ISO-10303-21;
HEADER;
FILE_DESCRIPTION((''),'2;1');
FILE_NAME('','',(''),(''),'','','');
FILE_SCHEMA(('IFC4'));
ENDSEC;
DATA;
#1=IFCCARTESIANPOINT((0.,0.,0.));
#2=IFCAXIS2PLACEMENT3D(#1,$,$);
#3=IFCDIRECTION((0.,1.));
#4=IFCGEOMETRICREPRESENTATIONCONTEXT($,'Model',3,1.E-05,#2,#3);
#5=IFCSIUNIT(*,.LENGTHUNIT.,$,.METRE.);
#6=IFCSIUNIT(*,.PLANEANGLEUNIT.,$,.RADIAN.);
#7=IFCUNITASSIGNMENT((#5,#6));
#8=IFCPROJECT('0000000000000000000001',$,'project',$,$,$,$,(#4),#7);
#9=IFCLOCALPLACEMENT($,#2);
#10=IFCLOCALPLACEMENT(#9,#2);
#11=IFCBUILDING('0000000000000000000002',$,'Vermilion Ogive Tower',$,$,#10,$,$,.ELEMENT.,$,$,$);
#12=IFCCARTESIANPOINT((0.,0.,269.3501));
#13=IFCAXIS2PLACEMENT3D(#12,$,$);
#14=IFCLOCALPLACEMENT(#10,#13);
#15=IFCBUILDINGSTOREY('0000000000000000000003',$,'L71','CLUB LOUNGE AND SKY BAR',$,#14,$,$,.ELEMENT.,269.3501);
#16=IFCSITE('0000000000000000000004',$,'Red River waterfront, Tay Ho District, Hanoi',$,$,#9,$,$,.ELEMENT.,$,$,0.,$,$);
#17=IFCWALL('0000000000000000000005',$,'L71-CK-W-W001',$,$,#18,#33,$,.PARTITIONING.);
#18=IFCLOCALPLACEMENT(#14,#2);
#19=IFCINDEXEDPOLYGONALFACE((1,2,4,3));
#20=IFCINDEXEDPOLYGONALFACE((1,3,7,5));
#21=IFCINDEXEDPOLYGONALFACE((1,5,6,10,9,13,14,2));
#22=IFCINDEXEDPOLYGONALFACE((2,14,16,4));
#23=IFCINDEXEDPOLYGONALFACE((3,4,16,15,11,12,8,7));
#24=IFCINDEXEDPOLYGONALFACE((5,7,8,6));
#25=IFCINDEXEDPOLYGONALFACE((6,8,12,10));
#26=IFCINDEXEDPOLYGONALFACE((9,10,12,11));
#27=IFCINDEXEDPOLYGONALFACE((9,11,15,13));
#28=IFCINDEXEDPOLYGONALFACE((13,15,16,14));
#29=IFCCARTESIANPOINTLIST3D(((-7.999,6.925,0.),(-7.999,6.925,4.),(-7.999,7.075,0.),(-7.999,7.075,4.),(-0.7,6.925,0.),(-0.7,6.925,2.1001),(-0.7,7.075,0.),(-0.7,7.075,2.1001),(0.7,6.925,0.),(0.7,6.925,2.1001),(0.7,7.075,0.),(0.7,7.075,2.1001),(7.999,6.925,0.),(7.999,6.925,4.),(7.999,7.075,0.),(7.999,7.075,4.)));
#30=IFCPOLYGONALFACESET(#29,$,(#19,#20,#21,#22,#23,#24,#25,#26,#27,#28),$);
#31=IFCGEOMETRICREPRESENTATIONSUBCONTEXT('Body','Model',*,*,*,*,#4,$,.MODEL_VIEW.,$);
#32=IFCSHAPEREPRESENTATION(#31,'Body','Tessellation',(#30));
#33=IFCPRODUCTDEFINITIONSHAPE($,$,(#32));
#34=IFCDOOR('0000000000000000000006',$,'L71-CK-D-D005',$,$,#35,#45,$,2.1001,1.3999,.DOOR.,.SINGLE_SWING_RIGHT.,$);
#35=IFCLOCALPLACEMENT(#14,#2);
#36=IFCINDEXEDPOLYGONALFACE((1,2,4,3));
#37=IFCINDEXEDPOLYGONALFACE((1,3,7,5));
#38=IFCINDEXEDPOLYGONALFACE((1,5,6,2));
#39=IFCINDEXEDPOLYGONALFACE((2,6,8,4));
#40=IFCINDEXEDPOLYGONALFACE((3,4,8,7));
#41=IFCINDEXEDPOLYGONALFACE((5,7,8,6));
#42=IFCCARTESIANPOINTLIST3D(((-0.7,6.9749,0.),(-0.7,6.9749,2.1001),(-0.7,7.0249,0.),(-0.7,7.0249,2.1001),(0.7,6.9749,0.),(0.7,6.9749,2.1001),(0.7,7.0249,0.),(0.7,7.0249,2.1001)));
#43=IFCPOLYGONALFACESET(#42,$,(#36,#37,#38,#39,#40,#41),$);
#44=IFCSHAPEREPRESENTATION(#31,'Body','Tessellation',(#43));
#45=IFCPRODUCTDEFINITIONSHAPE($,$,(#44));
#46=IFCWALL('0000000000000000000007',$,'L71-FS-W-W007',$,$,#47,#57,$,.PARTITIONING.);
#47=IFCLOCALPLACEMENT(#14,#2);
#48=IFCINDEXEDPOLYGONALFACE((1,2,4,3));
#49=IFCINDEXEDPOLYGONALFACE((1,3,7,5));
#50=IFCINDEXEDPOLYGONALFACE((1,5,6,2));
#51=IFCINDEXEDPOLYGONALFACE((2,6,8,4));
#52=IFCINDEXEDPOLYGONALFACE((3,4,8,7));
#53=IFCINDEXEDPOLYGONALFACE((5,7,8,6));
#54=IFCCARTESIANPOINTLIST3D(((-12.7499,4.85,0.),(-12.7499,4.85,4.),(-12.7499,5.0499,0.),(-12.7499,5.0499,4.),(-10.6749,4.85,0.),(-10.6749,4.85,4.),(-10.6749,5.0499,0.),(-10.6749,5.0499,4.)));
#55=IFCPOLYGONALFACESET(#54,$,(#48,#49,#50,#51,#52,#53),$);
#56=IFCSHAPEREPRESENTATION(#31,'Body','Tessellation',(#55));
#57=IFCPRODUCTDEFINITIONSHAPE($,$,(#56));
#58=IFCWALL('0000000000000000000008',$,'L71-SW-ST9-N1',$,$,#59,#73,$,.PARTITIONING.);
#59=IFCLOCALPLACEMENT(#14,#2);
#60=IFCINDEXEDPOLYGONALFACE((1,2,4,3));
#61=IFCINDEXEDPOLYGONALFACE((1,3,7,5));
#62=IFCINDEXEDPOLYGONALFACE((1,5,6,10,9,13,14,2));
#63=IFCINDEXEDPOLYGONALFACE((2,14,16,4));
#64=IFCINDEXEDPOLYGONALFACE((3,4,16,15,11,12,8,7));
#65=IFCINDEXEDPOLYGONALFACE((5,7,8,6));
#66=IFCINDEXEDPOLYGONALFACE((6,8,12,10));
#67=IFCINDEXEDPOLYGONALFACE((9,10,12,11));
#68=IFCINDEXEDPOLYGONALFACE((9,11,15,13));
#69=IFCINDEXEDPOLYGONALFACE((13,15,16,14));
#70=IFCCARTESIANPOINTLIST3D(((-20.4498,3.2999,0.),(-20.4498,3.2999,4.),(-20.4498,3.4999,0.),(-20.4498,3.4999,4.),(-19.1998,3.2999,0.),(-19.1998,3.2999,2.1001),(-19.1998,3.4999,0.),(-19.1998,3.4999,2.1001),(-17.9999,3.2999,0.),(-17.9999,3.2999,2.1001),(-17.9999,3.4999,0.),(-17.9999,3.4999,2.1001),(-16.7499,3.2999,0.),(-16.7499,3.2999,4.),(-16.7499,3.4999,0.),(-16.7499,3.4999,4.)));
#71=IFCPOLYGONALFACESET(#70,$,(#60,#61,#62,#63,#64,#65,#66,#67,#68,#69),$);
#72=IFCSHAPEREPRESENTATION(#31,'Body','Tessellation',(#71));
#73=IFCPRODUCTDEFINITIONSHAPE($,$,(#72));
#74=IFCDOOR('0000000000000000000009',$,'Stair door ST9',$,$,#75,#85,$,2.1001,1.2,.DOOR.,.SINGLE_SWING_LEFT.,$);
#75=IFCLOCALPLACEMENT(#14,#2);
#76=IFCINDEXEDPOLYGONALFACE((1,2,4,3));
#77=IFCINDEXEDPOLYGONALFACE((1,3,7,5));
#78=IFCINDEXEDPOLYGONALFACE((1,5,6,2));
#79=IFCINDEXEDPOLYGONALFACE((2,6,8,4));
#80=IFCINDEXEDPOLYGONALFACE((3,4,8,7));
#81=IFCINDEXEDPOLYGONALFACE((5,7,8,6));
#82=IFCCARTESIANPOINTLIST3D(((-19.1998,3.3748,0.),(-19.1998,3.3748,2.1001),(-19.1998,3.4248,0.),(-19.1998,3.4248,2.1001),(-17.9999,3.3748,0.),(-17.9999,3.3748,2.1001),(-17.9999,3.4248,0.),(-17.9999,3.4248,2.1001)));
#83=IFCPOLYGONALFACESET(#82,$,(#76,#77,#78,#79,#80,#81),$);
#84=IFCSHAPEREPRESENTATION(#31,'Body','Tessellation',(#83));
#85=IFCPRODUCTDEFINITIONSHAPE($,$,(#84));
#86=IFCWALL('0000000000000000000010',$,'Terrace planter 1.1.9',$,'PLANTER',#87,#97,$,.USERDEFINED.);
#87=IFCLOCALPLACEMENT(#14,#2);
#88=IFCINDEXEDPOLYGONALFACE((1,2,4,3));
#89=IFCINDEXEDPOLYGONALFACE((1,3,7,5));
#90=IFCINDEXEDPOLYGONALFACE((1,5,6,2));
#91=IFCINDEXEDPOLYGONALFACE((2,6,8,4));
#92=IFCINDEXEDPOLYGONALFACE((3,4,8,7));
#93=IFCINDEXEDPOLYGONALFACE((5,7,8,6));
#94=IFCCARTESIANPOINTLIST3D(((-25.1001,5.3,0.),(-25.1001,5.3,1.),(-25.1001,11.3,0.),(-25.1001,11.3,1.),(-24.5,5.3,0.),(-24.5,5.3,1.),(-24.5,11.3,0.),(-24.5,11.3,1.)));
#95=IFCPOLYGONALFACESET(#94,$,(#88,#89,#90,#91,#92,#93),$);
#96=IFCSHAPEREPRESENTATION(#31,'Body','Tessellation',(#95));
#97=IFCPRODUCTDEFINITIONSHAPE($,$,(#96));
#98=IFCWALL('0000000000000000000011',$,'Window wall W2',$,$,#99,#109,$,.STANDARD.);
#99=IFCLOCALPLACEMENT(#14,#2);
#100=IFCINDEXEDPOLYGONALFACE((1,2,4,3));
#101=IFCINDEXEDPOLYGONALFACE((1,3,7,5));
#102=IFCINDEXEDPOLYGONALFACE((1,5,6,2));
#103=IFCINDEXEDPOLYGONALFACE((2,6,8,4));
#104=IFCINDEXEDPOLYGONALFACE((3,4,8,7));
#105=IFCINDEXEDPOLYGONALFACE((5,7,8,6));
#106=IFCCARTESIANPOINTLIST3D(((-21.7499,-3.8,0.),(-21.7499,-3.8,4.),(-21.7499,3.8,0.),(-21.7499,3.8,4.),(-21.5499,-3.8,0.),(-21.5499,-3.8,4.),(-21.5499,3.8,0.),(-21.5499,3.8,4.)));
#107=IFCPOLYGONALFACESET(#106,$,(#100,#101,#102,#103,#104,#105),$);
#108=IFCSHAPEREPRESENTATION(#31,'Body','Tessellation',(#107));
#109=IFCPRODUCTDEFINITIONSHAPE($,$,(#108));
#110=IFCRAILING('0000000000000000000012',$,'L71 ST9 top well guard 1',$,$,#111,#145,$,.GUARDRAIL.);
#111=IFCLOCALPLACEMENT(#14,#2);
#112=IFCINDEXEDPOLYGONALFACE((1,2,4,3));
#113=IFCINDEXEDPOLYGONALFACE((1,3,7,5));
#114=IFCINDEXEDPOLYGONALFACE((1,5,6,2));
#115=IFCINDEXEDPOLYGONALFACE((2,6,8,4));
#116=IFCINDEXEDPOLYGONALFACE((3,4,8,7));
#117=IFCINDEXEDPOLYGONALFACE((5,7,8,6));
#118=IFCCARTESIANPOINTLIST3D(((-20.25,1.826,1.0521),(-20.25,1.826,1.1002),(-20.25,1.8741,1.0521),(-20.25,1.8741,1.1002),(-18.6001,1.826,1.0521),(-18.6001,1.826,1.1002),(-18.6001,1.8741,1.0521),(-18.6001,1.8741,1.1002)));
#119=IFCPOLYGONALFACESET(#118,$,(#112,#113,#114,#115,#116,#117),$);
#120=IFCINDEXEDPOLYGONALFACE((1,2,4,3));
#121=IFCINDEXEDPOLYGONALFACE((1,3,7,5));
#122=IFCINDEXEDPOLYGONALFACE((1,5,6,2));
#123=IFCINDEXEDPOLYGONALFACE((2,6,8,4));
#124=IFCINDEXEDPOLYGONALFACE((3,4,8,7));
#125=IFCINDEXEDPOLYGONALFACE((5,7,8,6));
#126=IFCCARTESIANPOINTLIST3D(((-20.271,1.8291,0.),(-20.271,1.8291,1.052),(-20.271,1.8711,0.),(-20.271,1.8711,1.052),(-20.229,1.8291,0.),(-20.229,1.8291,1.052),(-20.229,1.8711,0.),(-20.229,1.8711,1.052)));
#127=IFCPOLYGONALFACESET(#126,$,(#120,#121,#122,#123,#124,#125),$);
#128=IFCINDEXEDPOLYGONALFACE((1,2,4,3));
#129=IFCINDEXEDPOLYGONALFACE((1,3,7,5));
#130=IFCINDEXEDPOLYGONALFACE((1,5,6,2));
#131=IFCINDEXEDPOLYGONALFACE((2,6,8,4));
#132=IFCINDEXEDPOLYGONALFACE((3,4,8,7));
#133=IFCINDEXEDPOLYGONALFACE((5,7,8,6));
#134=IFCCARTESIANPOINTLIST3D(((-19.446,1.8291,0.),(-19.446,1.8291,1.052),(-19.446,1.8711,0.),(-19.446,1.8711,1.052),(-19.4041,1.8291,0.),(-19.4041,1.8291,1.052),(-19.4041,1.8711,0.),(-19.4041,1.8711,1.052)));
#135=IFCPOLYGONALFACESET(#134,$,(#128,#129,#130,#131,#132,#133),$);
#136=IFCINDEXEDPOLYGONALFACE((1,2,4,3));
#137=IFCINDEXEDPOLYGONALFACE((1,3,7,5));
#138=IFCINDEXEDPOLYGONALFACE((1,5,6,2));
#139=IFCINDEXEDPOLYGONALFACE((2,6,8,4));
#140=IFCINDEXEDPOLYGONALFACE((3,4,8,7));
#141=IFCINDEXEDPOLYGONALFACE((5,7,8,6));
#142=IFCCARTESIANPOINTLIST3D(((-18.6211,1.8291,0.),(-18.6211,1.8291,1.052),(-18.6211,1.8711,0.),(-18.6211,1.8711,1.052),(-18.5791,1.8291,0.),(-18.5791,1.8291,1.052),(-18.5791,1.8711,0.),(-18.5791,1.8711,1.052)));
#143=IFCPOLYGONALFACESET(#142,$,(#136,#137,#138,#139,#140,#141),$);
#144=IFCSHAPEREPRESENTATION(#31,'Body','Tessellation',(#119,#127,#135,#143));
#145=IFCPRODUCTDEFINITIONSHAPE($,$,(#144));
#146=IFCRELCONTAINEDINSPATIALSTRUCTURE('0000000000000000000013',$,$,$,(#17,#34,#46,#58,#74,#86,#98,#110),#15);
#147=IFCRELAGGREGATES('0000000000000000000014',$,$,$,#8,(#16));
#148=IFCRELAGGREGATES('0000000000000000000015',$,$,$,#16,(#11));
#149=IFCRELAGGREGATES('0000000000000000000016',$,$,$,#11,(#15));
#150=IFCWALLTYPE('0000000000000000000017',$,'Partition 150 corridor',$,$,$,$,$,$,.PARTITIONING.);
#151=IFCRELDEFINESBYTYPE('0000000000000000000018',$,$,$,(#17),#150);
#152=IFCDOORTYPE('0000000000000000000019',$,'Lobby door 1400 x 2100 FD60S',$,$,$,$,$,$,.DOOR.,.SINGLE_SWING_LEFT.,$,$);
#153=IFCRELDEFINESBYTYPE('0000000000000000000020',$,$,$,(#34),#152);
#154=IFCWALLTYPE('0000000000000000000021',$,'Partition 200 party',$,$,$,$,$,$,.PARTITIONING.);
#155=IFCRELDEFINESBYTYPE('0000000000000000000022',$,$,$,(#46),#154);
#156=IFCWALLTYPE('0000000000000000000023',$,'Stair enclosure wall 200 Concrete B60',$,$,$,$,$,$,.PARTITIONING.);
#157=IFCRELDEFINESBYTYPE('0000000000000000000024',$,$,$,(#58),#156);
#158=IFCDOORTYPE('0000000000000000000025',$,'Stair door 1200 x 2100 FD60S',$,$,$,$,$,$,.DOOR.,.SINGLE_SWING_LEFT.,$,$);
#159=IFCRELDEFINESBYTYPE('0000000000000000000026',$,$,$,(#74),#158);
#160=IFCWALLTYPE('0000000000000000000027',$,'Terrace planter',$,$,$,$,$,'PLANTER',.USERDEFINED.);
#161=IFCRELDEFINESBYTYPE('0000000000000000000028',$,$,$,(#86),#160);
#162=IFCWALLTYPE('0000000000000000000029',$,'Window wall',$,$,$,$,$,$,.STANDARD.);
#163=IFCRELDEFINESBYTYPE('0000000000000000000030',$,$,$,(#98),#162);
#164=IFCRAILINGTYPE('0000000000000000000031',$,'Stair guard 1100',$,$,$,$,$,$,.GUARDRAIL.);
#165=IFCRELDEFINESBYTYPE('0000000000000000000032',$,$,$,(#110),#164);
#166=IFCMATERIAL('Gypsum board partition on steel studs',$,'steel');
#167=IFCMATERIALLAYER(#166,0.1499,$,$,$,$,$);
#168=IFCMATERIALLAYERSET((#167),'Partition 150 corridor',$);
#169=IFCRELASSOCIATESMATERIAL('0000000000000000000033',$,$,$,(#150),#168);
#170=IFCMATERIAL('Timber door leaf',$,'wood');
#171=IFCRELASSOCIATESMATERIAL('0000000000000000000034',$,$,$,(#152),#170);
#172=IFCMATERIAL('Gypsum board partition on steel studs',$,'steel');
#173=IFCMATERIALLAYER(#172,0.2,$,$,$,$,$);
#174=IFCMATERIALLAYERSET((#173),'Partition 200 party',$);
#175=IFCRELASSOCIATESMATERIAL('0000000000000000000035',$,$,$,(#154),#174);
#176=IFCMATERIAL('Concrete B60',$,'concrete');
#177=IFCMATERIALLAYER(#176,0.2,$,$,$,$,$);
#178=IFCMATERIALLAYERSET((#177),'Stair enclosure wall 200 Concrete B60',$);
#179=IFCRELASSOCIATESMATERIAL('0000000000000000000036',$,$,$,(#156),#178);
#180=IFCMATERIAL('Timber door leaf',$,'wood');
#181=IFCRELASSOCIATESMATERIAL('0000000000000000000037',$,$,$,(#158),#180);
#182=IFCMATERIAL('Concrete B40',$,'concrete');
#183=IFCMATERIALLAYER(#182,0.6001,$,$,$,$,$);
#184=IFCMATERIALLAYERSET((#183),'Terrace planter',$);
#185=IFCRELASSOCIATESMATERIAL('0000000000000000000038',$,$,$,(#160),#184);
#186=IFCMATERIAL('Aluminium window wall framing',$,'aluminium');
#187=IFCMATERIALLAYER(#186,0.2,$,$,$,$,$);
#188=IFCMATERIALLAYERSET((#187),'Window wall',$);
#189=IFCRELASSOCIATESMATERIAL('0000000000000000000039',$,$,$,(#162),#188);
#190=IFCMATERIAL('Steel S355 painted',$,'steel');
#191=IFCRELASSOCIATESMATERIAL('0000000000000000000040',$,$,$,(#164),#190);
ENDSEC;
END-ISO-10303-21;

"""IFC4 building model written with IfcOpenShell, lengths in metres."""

from ifc_helpers import new_model, si_unit, direction, frame, frame_2d, origin, origin_2d, place, context, subcontext, project, spatial, rectangle, extrude, material, layer, layer_set, type_object, element, fill, save


model = new_model("IFC4")

# Units and contexts
model_context = context("Model", 3, precision=1e-05, world=origin(), true_north=direction((0.0, 1.0)))
body_context = subcontext(model_context, "Body", "Model", "MODEL_VIEW")
ifc_project = project(units=[si_unit("LENGTHUNIT", "METRE"), si_unit("PLANEANGLEUNIT", "RADIAN")], contexts=[model_context])

# Site, building, storey
site_placement = place(None, origin())
site = spatial("IfcSite", under=ifc_project, at=site_placement, Name="Red River waterfront, Tay Ho District, Hanoi", CompositionType="ELEMENT", RefElevation=0.0)
building_placement = place(site_placement, origin())
building = spatial("IfcBuilding", under=site, at=building_placement, Name="Vermilion Ogive Tower", CompositionType="ELEMENT")
storey_placement = place(building_placement, frame((0.0, 0.0, 269.3501)))
storey = spatial("IfcBuildingStorey", under=building, at=storey_placement, Name="L71", Description="CLUB LOUNGE AND SKY BAR", CompositionType="ELEMENT", Elevation=269.3501)

# Wall, opening, door
ifc_material_1 = material(Name="Gypsum board partition on steel studs", Category="steel")
ifc_layer_1 = layer(ifc_material_1, 0.1499)
ifc_layer_set_1 = layer_set([ifc_layer_1], Name="Partition 150 corridor")
wall_type_1 = type_object("IfcWallType", Name="Partition 150 corridor", PredefinedType="PARTITIONING", material=ifc_layer_set_1)
wall_1_placement = place(storey_placement, frame((-7.999, 7.0, 0.0), z_axis=(0.0, 0.0, 1.0), x_axis=(1.0, 0.0, 0.0)))
wall_1 = element("IfcWall", 1, at=wall_1_placement, inside=storey, type_object=wall_type_1, Name="L71-CK-W-W001", PredefinedType="PARTITIONING", context=body_context, shape_type="SweptSolid", body=[
    extrude(rectangle(XDim=15.998, YDim=0.1499, at=frame_2d((7.999, 0.0))), origin(), (0.0, 0.0, 1.0), 4.0),
])
opening_1_placement = place(wall_1_placement, frame((7.2991, 0.0, 0.0)))
opening_1 = element("IfcOpeningElement", 2, at=opening_1_placement, cuts=wall_1, PredefinedType="OPENING", context=body_context, shape_type="SweptSolid", body=[
    extrude(rectangle(XDim=1.3999, YDim=2.1001, at=frame_2d((0.7, 1.05))), frame((0.0, 0.085, 0.0), z_axis=(0.0, -1.0, 0.0), x_axis=(1.0, 0.0, 0.0)), (0.0, 0.0, 1.0), 0.1699),
])
ifc_material_2 = material(Name="Timber door leaf", Category="wood")
door_type_1 = type_object("IfcDoorType", Name="Lobby door 1400 x 2100 FD60S", OperationType="SINGLE_SWING_LEFT", PredefinedType="DOOR", material=ifc_material_2)
door_1_placement = place(opening_1_placement, origin())
door_1 = element("IfcDoor", 3, at=door_1_placement, inside=storey, type_object=door_type_1, Name="L71-CK-D-D005", OperationType="SINGLE_SWING_RIGHT", OverallHeight=2.1001, OverallWidth=1.3999, PredefinedType="DOOR", context=body_context, shape_type="SweptSolid", body=[
    extrude(rectangle(XDim=1.3999, YDim=2.1001, at=frame_2d((0.7, 1.05))), frame((0.0, 0.0249, 0.0), z_axis=(0.0, -1.0, 0.0), x_axis=(1.0, 0.0, 0.0)), (0.0, 0.0, 1.0), 0.05),
])
fill(opening_1, door_1)

# Wall
ifc_material_3 = material(Name="Gypsum board partition on steel studs", Category="steel")
ifc_layer_2 = layer(ifc_material_3, 0.2)
ifc_layer_set_2 = layer_set([ifc_layer_2], Name="Partition 200 party")
wall_type_2 = type_object("IfcWallType", Name="Partition 200 party", PredefinedType="PARTITIONING", material=ifc_layer_set_2)
wall_2_placement = place(storey_placement, frame((-12.75, 4.95, 0.0), z_axis=(0.0, 0.0, 1.0), x_axis=(1.0, 0.0, 0.0)))
element("IfcWall", 4, at=wall_2_placement, inside=storey, type_object=wall_type_2, Name="L71-FS-W-W007", PredefinedType="PARTITIONING", context=body_context, shape_type="SweptSolid", body=[
    extrude(rectangle(XDim=2.075, YDim=0.2, at=frame_2d((1.0376, 0.0))), origin(), (0.0, 0.0, 1.0), 4.0),
])

# Wall, opening, door
ifc_material_4 = material(Name="Concrete B60", Category="concrete")
ifc_layer_3 = layer(ifc_material_4, 0.2)
ifc_layer_set_3 = layer_set([ifc_layer_3], Name="Stair enclosure wall 200 Concrete B60")
wall_type_3 = type_object("IfcWallType", Name="Stair enclosure wall 200 Concrete B60", PredefinedType="PARTITIONING", material=ifc_layer_set_3)
wall_3_placement = place(storey_placement, frame((-20.45, 3.3999, 0.0), z_axis=(0.0, 0.0, 1.0), x_axis=(1.0, 0.0, 0.0)))
wall_3 = element("IfcWall", 5, at=wall_3_placement, inside=storey, type_object=wall_type_3, Name="L71-SW-ST9-N1", PredefinedType="PARTITIONING", context=body_context, shape_type="SweptSolid", body=[
    extrude(rectangle(XDim=3.7, YDim=0.2, at=frame_2d((1.8501, 0.0))), origin(), (0.0, 0.0, 1.0), 4.0),
])
opening_2_placement = place(wall_3_placement, frame((1.25, 0.0, 0.0)))
opening_2 = element("IfcOpeningElement", 6, at=opening_2_placement, cuts=wall_3, PredefinedType="OPENING", context=body_context, shape_type="SweptSolid", body=[
    extrude(rectangle(XDim=1.2, YDim=2.1001, at=frame_2d((0.6001, 1.05))), frame((0.0, 0.1099, 0.0), z_axis=(0.0, -1.0, 0.0), x_axis=(1.0, 0.0, 0.0)), (0.0, 0.0, 1.0), 0.22),
])
ifc_material_5 = material(Name="Timber door leaf", Category="wood")
door_type_2 = type_object("IfcDoorType", Name="Stair door 1200 x 2100 FD60S", OperationType="SINGLE_SWING_LEFT", PredefinedType="DOOR", material=ifc_material_5)
door_2_placement = place(opening_2_placement, origin())
door_2 = element("IfcDoor", 7, at=door_2_placement, inside=storey, type_object=door_type_2, Name="Stair door ST9", OperationType="SINGLE_SWING_LEFT", OverallHeight=2.1001, OverallWidth=1.2, PredefinedType="DOOR", context=body_context, shape_type="SweptSolid", body=[
    extrude(rectangle(XDim=1.2, YDim=2.1001, at=frame_2d((0.6001, 1.05))), frame((0.0, 0.0249, 0.0), z_axis=(0.0, -1.0, 0.0), x_axis=(1.0, 0.0, 0.0)), (0.0, 0.0, 1.0), 0.05),
])
fill(opening_2, door_2)

# Walls
ifc_material_6 = material(Name="Concrete B40", Category="concrete")
ifc_layer_4 = layer(ifc_material_6, 0.6001)
ifc_layer_set_4 = layer_set([ifc_layer_4], Name="Terrace planter")
wall_type_4 = type_object("IfcWallType", Name="Terrace planter", ElementType="PLANTER", PredefinedType="USERDEFINED", material=ifc_layer_set_4)
wall_4_placement = place(storey_placement, frame((-24.8, 5.3, 0.0), z_axis=(0.0, 0.0, 1.0), x_axis=(0.0, 1.0, 0.0)))
element("IfcWall", 8, at=wall_4_placement, inside=storey, type_object=wall_type_4, Name="Terrace planter 1.1.9", ObjectType="PLANTER", PredefinedType="USERDEFINED", context=body_context, shape_type="SweptSolid", body=[
    extrude(rectangle(XDim=6.0, YDim=0.6001, at=frame_2d((3.0, 0.0))), origin(), (0.0, 0.0, 1.0), 1.0),
])
ifc_material_7 = material(Name="Aluminium window wall framing", Category="aluminium")
ifc_layer_5 = layer(ifc_material_7, 0.2)
ifc_layer_set_5 = layer_set([ifc_layer_5], Name="Window wall")
wall_type_5 = type_object("IfcWallType", Name="Window wall", PredefinedType="STANDARD", material=ifc_layer_set_5)
wall_5_placement = place(storey_placement, frame((-21.6499, 3.8, 0.0), z_axis=(0.0, 0.0, 1.0), x_axis=(0.0, -1.0, 0.0)))
element("IfcWall", 9, at=wall_5_placement, inside=storey, type_object=wall_type_5, Name="Window wall W2", PredefinedType="STANDARD", context=body_context, shape_type="SweptSolid", body=[
    extrude(rectangle(XDim=7.6001, YDim=0.2, at=frame_2d((3.8, 0.0))), origin(), (0.0, 0.0, 1.0), 4.0),
])

# Railing
ifc_material_8 = material(Name="Steel S355 painted", Category="steel")
railing_type = type_object("IfcRailingType", Name="Stair guard 1100", PredefinedType="GUARDRAIL", material=ifc_material_8)
railing_placement = place(storey_placement, frame((-20.25, 1.8501, 0.0)))
element("IfcRailing", 10, at=railing_placement, inside=storey, type_object=railing_type, Name="L71 ST9 top well guard 1", PredefinedType="GUARDRAIL", context=body_context, shape_type="SweptSolid", body=[
    extrude(rectangle(XDim=0.0481, YDim=0.0481, at=origin_2d()), frame((0.0, 0.0, 1.0762), z_axis=(1.0, 0.0, 0.0), x_axis=(0.0, 1.0, 0.0)), (0.0, 0.0, 1.0), 1.6499),
    extrude(rectangle(XDim=0.042, YDim=0.042, at=origin_2d()), origin(), (0.0, 0.0, 1.0), 1.052),
    extrude(rectangle(XDim=0.042, YDim=0.042, at=origin_2d()), frame((0.825, 0.0, 0.0)), (0.0, 0.0, 1.0), 1.052),
    extrude(rectangle(XDim=0.042, YDim=0.042, at=origin_2d()), frame((1.6499, 0.0, 0.0)), (0.0, 0.0, 1.0), 1.052),
])

save(model, "model.ifc")
